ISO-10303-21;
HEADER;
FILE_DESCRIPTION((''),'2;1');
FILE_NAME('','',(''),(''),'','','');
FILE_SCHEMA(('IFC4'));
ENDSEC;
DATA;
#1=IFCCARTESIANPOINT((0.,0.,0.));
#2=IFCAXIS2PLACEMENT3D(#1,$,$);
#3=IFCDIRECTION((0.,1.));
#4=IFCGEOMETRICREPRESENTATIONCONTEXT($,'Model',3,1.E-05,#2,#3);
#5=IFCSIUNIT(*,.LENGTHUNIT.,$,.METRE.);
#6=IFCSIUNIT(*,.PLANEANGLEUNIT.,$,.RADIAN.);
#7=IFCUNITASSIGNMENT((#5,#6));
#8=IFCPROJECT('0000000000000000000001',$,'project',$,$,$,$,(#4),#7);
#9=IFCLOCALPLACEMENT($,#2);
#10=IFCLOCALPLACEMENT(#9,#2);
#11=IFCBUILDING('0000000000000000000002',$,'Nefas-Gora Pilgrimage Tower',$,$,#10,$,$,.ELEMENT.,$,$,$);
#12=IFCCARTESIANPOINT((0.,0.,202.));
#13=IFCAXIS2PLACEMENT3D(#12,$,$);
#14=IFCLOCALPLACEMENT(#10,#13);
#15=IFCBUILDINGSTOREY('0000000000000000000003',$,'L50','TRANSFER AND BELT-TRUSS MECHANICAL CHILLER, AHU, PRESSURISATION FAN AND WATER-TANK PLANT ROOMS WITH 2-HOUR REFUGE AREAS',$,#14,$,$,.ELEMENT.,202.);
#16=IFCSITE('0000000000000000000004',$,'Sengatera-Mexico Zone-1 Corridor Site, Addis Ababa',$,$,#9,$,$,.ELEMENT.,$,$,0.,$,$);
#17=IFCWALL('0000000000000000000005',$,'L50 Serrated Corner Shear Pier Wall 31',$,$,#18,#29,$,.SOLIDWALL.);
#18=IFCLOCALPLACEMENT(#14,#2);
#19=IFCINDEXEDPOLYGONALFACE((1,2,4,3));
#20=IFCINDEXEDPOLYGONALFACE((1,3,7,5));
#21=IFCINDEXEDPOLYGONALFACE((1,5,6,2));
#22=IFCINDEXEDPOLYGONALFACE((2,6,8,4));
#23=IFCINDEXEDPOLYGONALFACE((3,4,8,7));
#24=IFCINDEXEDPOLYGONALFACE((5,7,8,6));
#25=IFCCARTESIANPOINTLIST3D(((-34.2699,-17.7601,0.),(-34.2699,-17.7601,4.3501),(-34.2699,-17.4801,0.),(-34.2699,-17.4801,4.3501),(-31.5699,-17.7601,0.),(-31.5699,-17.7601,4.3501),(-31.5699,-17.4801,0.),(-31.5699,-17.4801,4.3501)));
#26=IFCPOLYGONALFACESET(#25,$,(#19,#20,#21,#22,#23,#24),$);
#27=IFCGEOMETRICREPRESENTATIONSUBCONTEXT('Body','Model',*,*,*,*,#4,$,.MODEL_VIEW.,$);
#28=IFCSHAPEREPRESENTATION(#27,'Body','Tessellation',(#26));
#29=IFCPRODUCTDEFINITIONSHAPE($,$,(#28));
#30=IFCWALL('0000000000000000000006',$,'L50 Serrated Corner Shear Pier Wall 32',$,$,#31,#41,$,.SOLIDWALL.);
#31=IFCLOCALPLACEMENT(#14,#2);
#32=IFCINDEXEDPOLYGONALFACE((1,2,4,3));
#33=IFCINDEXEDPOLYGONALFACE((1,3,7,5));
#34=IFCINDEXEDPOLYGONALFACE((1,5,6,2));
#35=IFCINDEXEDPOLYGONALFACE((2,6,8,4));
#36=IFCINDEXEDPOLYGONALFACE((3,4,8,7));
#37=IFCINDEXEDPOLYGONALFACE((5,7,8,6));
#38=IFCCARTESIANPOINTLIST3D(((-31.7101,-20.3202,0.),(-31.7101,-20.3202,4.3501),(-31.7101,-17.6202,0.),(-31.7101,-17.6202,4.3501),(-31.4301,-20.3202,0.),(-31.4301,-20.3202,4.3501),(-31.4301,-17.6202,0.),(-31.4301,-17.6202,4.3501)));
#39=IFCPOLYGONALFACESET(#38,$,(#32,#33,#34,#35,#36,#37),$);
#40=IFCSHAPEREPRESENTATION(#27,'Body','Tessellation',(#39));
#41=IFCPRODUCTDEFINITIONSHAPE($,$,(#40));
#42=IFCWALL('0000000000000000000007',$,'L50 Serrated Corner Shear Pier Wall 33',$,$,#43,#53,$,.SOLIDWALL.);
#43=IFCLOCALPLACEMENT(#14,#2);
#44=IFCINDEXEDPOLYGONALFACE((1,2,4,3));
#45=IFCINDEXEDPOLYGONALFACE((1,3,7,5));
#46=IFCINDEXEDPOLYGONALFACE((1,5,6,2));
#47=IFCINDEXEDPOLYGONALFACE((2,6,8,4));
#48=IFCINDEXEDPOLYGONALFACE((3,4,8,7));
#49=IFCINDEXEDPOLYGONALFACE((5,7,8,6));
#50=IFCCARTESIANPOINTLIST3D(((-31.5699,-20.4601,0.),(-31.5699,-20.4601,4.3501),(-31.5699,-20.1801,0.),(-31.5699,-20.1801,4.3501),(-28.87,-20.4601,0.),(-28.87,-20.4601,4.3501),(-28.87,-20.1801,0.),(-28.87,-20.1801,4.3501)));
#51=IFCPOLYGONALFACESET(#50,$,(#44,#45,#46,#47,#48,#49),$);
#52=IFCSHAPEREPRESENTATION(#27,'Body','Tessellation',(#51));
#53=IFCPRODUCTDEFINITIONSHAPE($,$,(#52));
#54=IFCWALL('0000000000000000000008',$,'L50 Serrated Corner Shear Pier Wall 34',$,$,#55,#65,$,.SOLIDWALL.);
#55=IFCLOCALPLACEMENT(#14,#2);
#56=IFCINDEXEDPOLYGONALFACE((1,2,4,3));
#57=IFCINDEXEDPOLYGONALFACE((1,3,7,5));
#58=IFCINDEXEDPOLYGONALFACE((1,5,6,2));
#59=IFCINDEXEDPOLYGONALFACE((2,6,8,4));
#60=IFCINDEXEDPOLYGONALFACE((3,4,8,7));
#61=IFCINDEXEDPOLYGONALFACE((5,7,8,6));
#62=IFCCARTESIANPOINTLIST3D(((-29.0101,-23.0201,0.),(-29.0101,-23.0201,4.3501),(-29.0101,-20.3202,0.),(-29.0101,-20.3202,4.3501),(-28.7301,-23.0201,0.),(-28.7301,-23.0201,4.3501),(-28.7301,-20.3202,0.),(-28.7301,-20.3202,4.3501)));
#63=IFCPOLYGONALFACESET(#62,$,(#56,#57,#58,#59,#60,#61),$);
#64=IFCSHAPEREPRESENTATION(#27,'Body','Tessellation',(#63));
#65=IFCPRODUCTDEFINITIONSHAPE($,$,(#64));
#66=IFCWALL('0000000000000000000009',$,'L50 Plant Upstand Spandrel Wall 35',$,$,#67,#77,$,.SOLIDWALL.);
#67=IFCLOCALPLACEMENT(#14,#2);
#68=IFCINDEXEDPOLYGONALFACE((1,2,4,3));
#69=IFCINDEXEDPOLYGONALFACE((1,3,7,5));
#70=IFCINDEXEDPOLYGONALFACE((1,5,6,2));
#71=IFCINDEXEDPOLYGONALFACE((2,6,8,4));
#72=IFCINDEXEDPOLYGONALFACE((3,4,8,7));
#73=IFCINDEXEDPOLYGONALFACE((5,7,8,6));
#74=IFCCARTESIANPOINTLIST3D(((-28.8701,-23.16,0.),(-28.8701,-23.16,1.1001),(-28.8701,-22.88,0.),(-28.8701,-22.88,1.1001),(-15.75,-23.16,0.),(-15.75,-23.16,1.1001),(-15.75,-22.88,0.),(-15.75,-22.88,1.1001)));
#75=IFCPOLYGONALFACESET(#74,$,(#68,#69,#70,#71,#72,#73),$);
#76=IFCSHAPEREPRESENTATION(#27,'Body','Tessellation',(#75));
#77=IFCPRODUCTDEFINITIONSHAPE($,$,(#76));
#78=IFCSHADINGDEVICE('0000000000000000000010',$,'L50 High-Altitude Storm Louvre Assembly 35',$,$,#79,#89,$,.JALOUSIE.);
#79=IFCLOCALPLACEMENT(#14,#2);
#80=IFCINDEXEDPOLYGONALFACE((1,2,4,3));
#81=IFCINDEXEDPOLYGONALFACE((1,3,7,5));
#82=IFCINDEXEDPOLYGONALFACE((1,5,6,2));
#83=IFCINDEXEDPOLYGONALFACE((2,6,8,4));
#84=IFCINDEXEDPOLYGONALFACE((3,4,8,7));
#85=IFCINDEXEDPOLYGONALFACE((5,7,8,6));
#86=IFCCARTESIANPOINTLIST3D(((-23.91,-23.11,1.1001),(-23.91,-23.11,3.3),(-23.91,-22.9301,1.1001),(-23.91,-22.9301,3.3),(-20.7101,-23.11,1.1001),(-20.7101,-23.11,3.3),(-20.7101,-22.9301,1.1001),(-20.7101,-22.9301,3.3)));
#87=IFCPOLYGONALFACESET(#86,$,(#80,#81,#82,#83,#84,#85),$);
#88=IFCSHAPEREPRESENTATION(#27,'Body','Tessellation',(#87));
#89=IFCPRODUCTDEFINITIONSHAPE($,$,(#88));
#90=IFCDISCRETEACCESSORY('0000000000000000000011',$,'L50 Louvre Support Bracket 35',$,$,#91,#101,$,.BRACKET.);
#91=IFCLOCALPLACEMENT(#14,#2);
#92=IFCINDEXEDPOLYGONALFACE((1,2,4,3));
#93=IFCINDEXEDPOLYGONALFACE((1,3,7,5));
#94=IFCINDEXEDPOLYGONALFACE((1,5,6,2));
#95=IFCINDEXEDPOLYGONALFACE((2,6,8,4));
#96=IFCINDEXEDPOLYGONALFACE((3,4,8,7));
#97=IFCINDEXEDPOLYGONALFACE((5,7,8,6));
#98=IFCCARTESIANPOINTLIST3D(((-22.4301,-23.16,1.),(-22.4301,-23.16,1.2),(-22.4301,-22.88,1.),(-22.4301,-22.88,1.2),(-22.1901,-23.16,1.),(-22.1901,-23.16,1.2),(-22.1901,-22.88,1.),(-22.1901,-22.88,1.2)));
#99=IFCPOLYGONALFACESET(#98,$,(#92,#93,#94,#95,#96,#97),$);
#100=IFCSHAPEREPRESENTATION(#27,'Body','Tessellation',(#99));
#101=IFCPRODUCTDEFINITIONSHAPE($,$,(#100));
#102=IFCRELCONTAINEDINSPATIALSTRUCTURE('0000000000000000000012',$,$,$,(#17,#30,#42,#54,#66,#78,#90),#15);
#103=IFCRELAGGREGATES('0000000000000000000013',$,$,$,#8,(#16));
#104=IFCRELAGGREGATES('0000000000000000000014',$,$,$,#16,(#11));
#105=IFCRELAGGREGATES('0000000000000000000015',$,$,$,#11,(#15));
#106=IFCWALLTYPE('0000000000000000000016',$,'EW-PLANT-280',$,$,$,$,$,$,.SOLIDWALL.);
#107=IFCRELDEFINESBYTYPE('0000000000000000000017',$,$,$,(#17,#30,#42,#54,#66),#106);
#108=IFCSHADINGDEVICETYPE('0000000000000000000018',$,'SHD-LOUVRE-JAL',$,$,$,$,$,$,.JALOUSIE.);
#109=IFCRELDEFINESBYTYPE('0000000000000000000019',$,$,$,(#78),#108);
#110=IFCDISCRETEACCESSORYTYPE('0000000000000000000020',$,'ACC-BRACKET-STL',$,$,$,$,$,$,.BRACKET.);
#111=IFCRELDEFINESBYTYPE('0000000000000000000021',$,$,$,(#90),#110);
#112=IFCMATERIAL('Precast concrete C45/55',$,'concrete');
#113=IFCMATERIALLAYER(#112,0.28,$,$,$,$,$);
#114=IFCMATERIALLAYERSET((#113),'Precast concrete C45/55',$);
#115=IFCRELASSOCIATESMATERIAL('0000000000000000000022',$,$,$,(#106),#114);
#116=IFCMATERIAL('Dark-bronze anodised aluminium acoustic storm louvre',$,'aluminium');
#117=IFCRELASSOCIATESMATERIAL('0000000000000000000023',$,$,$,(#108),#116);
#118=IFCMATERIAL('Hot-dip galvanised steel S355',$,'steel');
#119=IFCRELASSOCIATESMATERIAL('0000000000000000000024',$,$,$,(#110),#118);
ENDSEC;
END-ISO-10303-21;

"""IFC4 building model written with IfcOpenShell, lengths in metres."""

from ifc_helpers import new_model, si_unit, direction, frame, frame_2d, origin, origin_2d, place, context, subcontext, project, spatial, rectangle, extrude, source, transform, mapped, material, layer, layer_set, type_object, element, save


model = new_model("IFC4")

# Units and contexts
model_context = context("Model", 3, precision=1e-05, world=origin(), true_north=direction((0.0, 1.0)))
body_context = subcontext(model_context, "Body", "Model", "MODEL_VIEW")
ifc_project = project(units=[si_unit("LENGTHUNIT", "METRE"), si_unit("PLANEANGLEUNIT", "RADIAN")], contexts=[model_context])

# Site, building, storey
site_placement = place(None, origin())
site = spatial("IfcSite", under=ifc_project, at=site_placement, Name="Sengatera-Mexico Zone-1 Corridor Site, Addis Ababa", CompositionType="ELEMENT", RefElevation=0.0)
building_placement = place(site_placement, origin())
building = spatial("IfcBuilding", under=site, at=building_placement, Name="Nefas-Gora Pilgrimage Tower", CompositionType="ELEMENT")
storey_placement = place(building_placement, frame((0.0, 0.0, 202.0)))
storey = spatial("IfcBuildingStorey", under=building, at=storey_placement, Name="L50", Description="TRANSFER AND BELT-TRUSS MECHANICAL CHILLER, AHU, PRESSURISATION FAN AND WATER-TANK PLANT ROOMS WITH 2-HOUR REFUGE AREAS", CompositionType="ELEMENT", Elevation=202.0)

# Walls
ifc_material_1 = material(Name="Precast concrete C45/55", Category="concrete")
ifc_layer_1 = layer(ifc_material_1, 0.28)
ifc_layer_set_1 = layer_set([ifc_layer_1], Name="Precast concrete C45/55")
wall_type_1 = type_object("IfcWallType", Name="EW-PLANT-280", PredefinedType="SOLIDWALL", material=ifc_layer_set_1)
shared_shape_1 = source(origin(), body_context, "Body", "SweptSolid", [
    extrude(rectangle(XDim=2.7, YDim=0.28, at=frame_2d((1.3501, 0.0))), origin(), (0.0, 0.0, 1.0), 4.3501),
])
for number, where, z_axis, x_axis, name in (
    (1, (-34.27, -17.6201, 0.0), (0.0, 0.0, 1.0), (1.0, 0.0, 0.0), "L50 Serrated Corner Shear Pier Wall 31"),
    (2, (-31.5701, -17.6201, 0.0), (0.0, 0.0, 1.0), (0.0, -1.0, 0.0), "L50 Serrated Corner Shear Pier Wall 32"),
    (3, (-31.5701, -20.3201, 0.0), (0.0, 0.0, 1.0), (1.0, 0.0, 0.0), "L50 Serrated Corner Shear Pier Wall 33"),
    (4, (-28.8701, -20.3201, 0.0), (0.0, 0.0, 1.0), (0.0, -1.0, 0.0), "L50 Serrated Corner Shear Pier Wall 34"),
):
    element("IfcWall", number, at=place(storey_placement, frame(where, z_axis=z_axis, x_axis=x_axis)), inside=storey, type_object=wall_type_1, Name=name, PredefinedType="SOLIDWALL", context=body_context, shape_type="MappedRepresentation", body=[
        mapped(shared_shape_1, transform((0.0, 0.0, 0.0), x_axis=(1.0, 0.0, 0.0), y_axis=(0.0, 1.0, 0.0), z_axis=(0.0, 0.0, 1.0), scale=1.0)),
    ])
shared_shape_2 = source(origin(), body_context, "Body", "SweptSolid", [
    extrude(rectangle(XDim=13.1201, YDim=0.28, at=frame_2d((6.5601, 0.0))), origin(), (0.0, 0.0, 1.0), 1.1001),
])
wall_1_placement = place(storey_placement, frame((-28.8701, -23.02, 0.0), z_axis=(0.0, 0.0, 1.0), x_axis=(1.0, 0.0, 0.0)))
element("IfcWall", 5, at=wall_1_placement, inside=storey, type_object=wall_type_1, Name="L50 Plant Upstand Spandrel Wall 35", PredefinedType="SOLIDWALL", context=body_context, shape_type="MappedRepresentation", body=[
    mapped(shared_shape_2, transform((0.0, 0.0, 0.0), x_axis=(1.0, 0.0, 0.0), y_axis=(0.0, 1.0, 0.0), z_axis=(0.0, 0.0, 1.0), scale=1.0)),
])

# Shading device
ifc_material_2 = material(Name="Dark-bronze anodised aluminium acoustic storm louvre", Category="aluminium")
shading_device_type = type_object("IfcShadingDeviceType", Name="SHD-LOUVRE-JAL", PredefinedType="JALOUSIE", material=ifc_material_2)
shared_shape_3 = source(origin(), body_context, "Body", "SweptSolid", [
    extrude(rectangle(XDim=3.2, YDim=0.1799, at=origin_2d()), origin(), (0.0, 0.0, 1.0), 2.2),
])
shading_device_placement = place(storey_placement, frame((-22.3101, -23.02, 1.1001), z_axis=(0.0, 0.0, 1.0), x_axis=(1.0, 0.0, 0.0)))
element("IfcShadingDevice", 6, at=shading_device_placement, inside=storey, type_object=shading_device_type, Name="L50 High-Altitude Storm Louvre Assembly 35", PredefinedType="JALOUSIE", context=body_context, shape_type="MappedRepresentation", body=[
    mapped(shared_shape_3, transform((0.0, 0.0, 0.0), x_axis=(1.0, 0.0, 0.0), y_axis=(0.0, 1.0, 0.0), z_axis=(0.0, 0.0, 1.0), scale=1.0)),
])

# Discrete accessory
ifc_material_3 = material(Name="Hot-dip galvanised steel S355", Category="steel")
discrete_accessory_type = type_object("IfcDiscreteAccessoryType", Name="ACC-BRACKET-STL", PredefinedType="BRACKET", material=ifc_material_3)
shared_shape_4 = source(origin(), body_context, "Body", "SweptSolid", [
    extrude(rectangle(XDim=0.24, YDim=0.28, at=origin_2d()), origin(), (0.0, 0.0, 1.0), 0.2),
])
discrete_accessory_placement = place(storey_placement, frame((-22.3101, -23.02, 1.0), z_axis=(0.0, 0.0, 1.0), x_axis=(1.0, 0.0, 0.0)))
element("IfcDiscreteAccessory", 7, at=discrete_accessory_placement, inside=storey, type_object=discrete_accessory_type, Name="L50 Louvre Support Bracket 35", PredefinedType="BRACKET", context=body_context, shape_type="MappedRepresentation", body=[
    mapped(shared_shape_4, transform((0.0, 0.0, 0.0), x_axis=(1.0, 0.0, 0.0), y_axis=(0.0, 1.0, 0.0), z_axis=(0.0, 0.0, 1.0), scale=1.0)),
])

save(model, "model.ifc")
